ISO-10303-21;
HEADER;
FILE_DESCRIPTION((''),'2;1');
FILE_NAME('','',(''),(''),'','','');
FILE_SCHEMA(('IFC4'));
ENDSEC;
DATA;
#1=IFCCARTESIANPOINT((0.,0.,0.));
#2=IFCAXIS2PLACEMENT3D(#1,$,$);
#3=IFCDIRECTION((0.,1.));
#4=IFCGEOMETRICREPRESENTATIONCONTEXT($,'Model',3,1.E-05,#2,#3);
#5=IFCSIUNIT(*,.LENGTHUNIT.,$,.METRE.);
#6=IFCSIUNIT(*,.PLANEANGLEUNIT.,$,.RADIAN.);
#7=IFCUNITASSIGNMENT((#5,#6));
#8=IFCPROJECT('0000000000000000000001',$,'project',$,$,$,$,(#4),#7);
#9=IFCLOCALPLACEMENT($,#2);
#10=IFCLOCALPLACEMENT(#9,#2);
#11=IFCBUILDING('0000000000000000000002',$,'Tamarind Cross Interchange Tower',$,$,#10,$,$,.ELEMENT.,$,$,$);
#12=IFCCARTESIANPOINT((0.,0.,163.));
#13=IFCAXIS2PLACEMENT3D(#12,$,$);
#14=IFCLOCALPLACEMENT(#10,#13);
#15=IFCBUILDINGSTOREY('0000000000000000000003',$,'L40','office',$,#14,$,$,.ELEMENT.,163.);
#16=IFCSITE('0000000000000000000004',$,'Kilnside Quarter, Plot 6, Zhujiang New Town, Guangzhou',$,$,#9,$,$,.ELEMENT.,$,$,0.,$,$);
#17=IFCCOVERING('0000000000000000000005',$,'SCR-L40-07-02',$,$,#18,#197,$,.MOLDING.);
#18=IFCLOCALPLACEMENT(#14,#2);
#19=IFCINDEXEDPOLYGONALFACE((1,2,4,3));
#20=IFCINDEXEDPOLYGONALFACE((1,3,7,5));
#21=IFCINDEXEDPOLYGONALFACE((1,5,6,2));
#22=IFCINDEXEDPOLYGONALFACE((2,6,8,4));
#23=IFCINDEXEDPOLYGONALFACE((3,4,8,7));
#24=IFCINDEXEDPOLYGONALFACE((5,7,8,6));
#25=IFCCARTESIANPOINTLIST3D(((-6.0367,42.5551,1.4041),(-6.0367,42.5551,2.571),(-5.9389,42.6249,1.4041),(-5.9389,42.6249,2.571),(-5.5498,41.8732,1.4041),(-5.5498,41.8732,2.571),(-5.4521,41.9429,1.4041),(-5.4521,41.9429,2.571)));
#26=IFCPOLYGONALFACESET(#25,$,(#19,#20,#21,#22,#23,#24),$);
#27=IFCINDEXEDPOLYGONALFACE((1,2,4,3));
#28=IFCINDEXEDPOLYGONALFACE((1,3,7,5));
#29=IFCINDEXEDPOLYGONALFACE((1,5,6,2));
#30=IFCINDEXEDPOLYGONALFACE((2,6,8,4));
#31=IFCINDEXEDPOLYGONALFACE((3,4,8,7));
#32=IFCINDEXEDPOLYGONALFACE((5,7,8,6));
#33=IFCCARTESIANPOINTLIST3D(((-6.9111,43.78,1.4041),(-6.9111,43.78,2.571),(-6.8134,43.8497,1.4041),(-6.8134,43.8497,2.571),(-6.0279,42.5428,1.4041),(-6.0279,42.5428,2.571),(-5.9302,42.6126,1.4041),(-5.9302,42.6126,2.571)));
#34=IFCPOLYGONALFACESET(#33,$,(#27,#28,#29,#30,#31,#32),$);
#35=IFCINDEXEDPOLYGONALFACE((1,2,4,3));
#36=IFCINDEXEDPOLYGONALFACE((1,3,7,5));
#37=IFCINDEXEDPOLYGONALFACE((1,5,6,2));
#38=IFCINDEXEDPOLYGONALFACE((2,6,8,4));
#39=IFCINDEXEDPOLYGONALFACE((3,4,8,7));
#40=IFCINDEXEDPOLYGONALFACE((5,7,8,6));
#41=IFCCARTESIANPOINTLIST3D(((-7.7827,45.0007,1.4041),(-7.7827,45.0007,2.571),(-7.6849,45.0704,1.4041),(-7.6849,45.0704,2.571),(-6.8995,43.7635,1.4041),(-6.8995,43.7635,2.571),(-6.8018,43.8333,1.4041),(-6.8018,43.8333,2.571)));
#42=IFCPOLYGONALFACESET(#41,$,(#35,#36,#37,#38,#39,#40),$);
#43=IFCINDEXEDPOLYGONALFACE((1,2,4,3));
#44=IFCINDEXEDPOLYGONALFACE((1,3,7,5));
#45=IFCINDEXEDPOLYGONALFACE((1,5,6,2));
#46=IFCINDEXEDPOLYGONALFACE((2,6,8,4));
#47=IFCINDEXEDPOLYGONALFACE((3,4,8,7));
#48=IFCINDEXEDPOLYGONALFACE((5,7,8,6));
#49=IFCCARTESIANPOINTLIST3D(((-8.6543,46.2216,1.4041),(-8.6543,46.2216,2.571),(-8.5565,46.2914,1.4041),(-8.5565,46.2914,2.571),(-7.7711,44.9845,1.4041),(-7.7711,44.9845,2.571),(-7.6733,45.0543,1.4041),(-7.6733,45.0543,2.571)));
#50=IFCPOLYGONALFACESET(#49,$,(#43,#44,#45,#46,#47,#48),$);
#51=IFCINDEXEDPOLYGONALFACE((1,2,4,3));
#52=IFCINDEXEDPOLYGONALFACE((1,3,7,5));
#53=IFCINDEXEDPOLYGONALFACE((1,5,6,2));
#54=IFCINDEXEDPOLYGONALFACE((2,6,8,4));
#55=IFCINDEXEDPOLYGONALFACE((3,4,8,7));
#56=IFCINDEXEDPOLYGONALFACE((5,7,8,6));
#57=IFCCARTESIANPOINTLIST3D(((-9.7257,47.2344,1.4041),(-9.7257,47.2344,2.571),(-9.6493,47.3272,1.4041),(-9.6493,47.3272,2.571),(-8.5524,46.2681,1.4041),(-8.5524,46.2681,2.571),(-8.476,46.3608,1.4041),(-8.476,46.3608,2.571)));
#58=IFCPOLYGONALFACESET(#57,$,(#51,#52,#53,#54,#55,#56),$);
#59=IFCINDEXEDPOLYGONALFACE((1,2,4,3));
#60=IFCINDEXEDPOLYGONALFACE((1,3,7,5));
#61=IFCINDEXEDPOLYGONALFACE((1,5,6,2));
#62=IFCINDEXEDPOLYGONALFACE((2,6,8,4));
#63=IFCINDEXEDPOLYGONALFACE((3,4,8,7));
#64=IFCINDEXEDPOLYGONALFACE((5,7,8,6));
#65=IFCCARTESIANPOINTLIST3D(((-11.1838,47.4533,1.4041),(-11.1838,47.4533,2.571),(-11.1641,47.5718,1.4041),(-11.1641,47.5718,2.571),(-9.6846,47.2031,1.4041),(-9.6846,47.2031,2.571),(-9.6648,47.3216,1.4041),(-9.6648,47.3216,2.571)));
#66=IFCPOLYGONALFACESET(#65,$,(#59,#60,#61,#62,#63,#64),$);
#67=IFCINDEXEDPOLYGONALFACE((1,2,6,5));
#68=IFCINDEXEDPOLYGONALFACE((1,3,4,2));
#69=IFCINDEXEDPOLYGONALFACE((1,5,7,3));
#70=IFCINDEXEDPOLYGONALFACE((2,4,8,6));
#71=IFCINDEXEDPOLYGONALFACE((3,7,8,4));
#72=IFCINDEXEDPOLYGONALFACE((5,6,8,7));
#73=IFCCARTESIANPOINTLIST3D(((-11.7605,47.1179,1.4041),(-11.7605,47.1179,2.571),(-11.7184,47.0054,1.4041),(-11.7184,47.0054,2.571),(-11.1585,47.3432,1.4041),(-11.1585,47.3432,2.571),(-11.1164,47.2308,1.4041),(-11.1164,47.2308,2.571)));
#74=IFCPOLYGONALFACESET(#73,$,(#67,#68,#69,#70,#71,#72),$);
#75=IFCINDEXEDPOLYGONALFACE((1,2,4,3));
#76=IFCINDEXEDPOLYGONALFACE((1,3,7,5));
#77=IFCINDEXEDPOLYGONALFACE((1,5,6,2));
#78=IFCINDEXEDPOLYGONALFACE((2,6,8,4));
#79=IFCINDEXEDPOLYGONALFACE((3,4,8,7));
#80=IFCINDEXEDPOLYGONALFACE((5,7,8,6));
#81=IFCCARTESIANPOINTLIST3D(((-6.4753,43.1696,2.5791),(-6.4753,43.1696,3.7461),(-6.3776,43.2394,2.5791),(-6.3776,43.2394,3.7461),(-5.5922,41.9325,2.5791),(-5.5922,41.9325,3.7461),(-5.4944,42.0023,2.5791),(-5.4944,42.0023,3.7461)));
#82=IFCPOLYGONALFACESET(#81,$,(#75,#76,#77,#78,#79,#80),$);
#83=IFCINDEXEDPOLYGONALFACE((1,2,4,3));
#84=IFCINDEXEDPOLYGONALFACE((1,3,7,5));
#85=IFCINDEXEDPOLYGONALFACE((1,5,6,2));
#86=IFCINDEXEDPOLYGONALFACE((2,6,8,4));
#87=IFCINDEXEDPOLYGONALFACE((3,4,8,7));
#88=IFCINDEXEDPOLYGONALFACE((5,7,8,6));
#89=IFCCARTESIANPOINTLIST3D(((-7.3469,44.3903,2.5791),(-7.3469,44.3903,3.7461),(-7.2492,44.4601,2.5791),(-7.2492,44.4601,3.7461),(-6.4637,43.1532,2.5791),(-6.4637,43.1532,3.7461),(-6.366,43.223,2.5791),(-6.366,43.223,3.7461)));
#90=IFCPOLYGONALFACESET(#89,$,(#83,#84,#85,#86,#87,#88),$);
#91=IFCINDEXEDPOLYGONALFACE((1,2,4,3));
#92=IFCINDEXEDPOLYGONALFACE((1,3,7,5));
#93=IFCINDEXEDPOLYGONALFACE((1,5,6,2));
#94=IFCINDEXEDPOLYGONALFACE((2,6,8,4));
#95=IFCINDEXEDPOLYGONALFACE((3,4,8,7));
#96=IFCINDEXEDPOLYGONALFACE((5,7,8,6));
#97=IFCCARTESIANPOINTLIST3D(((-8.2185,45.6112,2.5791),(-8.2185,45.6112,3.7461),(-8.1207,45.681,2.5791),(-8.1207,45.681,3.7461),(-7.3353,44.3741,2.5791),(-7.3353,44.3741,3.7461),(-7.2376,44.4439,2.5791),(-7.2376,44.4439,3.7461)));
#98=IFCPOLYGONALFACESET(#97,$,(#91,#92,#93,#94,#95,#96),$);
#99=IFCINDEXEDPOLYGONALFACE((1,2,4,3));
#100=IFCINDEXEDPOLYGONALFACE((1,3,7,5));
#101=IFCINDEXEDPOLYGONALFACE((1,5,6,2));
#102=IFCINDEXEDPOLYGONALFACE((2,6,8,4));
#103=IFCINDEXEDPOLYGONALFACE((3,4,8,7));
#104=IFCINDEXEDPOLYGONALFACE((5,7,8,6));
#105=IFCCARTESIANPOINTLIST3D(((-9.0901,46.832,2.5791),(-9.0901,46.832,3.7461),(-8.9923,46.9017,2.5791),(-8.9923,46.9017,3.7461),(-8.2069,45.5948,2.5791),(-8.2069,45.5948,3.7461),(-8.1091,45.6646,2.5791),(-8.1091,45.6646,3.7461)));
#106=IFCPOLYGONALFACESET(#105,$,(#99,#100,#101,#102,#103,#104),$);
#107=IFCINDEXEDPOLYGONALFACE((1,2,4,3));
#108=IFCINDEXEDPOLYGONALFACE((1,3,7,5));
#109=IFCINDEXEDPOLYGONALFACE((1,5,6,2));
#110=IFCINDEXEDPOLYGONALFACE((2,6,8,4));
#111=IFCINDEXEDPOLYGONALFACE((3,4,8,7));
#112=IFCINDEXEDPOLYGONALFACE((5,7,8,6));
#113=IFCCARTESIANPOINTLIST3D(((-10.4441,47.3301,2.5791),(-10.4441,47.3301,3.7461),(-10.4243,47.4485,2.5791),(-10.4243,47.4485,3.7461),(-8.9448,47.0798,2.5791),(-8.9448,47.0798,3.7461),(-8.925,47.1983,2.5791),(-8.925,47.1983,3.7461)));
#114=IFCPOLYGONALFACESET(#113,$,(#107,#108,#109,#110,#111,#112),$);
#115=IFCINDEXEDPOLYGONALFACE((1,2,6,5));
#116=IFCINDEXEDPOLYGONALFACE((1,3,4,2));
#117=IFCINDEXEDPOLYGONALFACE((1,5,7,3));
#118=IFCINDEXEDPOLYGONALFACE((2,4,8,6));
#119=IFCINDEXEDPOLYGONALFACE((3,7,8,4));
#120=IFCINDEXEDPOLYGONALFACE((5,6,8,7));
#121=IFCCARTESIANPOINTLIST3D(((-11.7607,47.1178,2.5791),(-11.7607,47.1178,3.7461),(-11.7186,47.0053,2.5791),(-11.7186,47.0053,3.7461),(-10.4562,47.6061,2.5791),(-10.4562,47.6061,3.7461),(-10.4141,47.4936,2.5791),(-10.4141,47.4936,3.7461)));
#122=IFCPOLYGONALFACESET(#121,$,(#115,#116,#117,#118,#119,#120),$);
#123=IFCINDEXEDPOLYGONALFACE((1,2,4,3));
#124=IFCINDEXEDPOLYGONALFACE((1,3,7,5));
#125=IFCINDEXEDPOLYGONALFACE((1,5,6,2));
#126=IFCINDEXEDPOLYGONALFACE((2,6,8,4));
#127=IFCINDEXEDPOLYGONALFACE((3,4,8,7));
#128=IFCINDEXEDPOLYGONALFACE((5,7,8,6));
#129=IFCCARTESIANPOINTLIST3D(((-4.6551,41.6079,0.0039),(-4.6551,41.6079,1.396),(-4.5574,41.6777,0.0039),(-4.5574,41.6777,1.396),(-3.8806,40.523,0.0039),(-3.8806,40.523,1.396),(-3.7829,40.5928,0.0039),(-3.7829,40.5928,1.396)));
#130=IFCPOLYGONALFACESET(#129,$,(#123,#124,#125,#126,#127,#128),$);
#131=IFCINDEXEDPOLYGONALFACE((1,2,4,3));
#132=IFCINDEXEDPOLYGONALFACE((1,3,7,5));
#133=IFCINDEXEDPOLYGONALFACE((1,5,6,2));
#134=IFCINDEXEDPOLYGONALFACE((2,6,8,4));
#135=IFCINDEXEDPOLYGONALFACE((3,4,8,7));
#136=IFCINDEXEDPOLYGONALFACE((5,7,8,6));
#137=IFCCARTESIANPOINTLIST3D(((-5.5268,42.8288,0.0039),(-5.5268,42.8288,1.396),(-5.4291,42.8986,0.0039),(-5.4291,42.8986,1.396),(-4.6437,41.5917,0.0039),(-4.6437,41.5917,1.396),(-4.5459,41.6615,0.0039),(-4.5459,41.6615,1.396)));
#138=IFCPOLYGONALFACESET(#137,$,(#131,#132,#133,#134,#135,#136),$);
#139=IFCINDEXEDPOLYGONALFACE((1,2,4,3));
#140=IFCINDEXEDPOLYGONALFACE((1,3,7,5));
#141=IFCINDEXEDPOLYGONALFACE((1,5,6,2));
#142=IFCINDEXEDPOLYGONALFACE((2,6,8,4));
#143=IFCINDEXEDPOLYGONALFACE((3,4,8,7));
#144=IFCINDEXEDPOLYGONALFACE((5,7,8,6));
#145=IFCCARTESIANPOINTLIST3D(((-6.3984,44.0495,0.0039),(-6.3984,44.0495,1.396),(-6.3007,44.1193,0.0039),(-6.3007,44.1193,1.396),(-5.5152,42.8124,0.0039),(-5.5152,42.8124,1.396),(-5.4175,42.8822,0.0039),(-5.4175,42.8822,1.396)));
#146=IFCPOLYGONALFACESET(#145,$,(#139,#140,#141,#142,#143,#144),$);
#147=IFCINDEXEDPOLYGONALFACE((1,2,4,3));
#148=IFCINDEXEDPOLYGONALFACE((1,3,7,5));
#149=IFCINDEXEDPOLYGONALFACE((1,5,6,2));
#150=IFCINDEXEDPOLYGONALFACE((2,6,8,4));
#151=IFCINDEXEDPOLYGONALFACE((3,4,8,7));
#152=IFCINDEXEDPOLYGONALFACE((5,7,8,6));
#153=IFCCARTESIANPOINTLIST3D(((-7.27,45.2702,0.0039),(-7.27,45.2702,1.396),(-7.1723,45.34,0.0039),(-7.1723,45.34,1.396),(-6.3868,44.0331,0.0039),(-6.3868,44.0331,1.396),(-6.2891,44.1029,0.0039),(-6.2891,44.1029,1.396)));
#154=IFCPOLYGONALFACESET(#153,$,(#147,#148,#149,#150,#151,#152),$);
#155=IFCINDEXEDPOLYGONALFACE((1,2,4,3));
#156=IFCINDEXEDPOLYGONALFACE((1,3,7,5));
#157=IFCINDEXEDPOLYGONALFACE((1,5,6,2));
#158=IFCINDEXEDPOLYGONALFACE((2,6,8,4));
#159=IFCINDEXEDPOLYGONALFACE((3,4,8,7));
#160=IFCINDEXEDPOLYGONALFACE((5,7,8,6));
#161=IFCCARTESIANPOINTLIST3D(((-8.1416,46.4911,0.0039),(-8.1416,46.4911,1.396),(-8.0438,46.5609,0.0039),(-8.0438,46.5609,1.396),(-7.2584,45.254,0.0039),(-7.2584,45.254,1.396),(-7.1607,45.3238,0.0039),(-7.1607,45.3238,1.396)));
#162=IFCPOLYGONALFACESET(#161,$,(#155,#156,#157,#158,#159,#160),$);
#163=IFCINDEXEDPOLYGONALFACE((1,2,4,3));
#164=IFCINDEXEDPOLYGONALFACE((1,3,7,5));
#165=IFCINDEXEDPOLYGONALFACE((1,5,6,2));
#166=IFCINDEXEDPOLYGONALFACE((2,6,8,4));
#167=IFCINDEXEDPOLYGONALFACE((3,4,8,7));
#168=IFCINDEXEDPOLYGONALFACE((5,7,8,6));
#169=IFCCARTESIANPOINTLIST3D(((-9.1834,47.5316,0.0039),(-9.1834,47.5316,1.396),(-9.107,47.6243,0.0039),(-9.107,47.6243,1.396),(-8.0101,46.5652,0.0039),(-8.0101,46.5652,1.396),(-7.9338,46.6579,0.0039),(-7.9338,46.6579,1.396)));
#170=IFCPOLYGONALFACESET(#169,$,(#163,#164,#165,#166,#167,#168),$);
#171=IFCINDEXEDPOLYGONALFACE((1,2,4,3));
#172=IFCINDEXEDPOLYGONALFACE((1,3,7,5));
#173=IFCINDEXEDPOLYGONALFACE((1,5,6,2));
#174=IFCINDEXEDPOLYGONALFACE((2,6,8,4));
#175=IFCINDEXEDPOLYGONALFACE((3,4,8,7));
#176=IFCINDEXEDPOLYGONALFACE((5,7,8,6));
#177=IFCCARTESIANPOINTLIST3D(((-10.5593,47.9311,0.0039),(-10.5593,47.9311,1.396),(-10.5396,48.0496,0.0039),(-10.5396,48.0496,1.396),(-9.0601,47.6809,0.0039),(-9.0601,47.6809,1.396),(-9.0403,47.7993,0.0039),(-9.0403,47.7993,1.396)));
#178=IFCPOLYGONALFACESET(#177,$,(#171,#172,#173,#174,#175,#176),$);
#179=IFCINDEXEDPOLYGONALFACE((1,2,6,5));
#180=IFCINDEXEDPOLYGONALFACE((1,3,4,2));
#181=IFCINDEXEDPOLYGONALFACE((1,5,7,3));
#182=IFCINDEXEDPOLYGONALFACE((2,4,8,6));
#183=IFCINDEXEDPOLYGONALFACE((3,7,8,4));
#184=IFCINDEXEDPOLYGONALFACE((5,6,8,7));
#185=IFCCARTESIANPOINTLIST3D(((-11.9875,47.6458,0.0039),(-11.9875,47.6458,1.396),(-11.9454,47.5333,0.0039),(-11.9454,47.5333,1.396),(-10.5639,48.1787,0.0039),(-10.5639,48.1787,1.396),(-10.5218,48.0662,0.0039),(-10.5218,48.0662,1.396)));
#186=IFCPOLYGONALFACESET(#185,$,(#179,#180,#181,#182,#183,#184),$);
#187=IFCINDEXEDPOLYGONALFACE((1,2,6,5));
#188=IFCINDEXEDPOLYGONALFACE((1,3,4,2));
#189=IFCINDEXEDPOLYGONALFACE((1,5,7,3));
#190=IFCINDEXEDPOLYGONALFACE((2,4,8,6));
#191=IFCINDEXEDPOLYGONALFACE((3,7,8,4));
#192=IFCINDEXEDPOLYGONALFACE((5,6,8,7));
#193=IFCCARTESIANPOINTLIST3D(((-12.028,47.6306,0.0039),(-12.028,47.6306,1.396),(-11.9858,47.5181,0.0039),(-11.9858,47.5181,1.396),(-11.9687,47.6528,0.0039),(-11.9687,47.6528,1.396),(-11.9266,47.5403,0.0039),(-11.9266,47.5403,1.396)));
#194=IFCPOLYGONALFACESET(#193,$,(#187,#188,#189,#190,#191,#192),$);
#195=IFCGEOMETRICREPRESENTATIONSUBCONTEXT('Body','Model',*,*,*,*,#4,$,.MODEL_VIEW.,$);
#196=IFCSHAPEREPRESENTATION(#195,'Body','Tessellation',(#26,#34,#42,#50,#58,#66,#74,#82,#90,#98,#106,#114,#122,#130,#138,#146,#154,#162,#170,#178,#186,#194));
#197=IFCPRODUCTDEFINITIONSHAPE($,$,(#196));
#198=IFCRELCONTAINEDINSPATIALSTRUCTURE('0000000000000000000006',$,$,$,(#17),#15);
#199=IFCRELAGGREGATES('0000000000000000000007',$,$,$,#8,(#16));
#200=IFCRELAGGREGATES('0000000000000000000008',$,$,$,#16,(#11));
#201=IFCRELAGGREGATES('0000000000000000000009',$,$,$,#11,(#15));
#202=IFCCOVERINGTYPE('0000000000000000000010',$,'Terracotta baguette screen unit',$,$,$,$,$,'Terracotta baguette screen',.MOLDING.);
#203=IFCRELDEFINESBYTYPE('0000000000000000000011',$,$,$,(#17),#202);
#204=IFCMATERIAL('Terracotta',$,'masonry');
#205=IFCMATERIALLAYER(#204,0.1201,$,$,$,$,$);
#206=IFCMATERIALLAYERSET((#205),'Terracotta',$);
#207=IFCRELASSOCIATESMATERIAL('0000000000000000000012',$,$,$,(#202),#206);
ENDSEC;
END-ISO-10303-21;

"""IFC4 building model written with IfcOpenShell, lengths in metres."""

from ifc_helpers import new_model, si_unit, direction, frame, origin, origin_2d, place, context, subcontext, project, spatial, rectangle, extrude, material, layer, layer_set, type_object, element, save


model = new_model("IFC4")

# Units and contexts
model_context = context("Model", 3, precision=1e-05, world=origin(), true_north=direction((0.0, 1.0)))
body_context = subcontext(model_context, "Body", "Model", "MODEL_VIEW")
ifc_project = project(units=[si_unit("LENGTHUNIT", "METRE"), si_unit("PLANEANGLEUNIT", "RADIAN")], contexts=[model_context])

# Site, building, storey
site_placement = place(None, origin())
site = spatial("IfcSite", under=ifc_project, at=site_placement, Name="Kilnside Quarter, Plot 6, Zhujiang New Town, Guangzhou", CompositionType="ELEMENT", RefElevation=0.0)
building_placement = place(site_placement, origin())
building = spatial("IfcBuilding", under=site, at=building_placement, Name="Tamarind Cross Interchange Tower", CompositionType="ELEMENT")
storey_placement = place(building_placement, frame((0.0, 0.0, 163.0)))
storey = spatial("IfcBuildingStorey", under=building, at=storey_placement, Name="L40", Description="office", CompositionType="ELEMENT", Elevation=163.0)

# Covering
ifc_material_1 = material(Name="Terracotta", Category="masonry")
ifc_layer_1 = layer(ifc_material_1, 0.1201)
ifc_layer_set_1 = layer_set([ifc_layer_1], Name="Terracotta")
covering_type = type_object("IfcCoveringType", Name="Terracotta baguette screen unit", ElementType="Terracotta baguette screen", PredefinedType="MOLDING", material=ifc_layer_set_1)
covering_1_placement = place(storey_placement, origin())
element("IfcCovering", 1, at=covering_1_placement, inside=storey, type_object=covering_type, Name="SCR-L40-07-02", PredefinedType="MOLDING", context=body_context, shape_type="SweptSolid", body=[
    extrude(rectangle(XDim=0.8379, YDim=0.1201, at=origin_2d()), frame((-5.7444, 42.249, 1.4041), z_axis=(0.0, 0.0, 1.0), x_axis=(-0.581033, 0.81388, 0.0)), (0.0, 0.0, 1.0), 1.167),
    extrude(rectangle(XDim=1.52, YDim=0.1201, at=origin_2d()), frame((-6.4207, 43.1963, 1.4041), z_axis=(0.0, 0.0, 1.0), x_axis=(-0.581033, 0.81388, 0.0)), (0.0, 0.0, 1.0), 1.167),
    extrude(rectangle(XDim=1.52, YDim=0.1201, at=origin_2d()), frame((-7.2922, 44.417, 1.4041), z_axis=(0.0, 0.0, 1.0), x_axis=(-0.581033, 0.81388, 0.0)), (0.0, 0.0, 1.0), 1.167),
    extrude(rectangle(XDim=1.52, YDim=0.1201, at=origin_2d()), frame((-8.1638, 45.6379, 1.4041), z_axis=(0.0, 0.0, 1.0), x_axis=(-0.581033, 0.81388, 0.0)), (0.0, 0.0, 1.0), 1.167),
    extrude(rectangle(XDim=1.52, YDim=0.1201, at=origin_2d()), frame((-9.1008, 46.7976, 1.4041), z_axis=(0.0, 0.0, 1.0), x_axis=(-0.771882, 0.635766, 0.0)), (0.0, 0.0, 1.0), 1.167),
    extrude(rectangle(XDim=1.52, YDim=0.1201, at=origin_2d()), frame((-10.4243, 47.3875, 1.4041), z_axis=(0.0, 0.0, 1.0), x_axis=(-0.986352, 0.164648, 0.0)), (0.0, 0.0, 1.0), 1.167),
    extrude(rectangle(XDim=0.6428, YDim=0.1201, at=origin_2d()), frame((-11.4385, 47.1743, 1.4041), z_axis=(0.0, 0.0, 1.0), x_axis=(-0.93653, -0.350587, 0.0)), (0.0, 0.0, 1.0), 1.167),
    extrude(rectangle(XDim=1.52, YDim=0.1201, at=origin_2d()), frame((-5.9849, 42.5859, 2.5791), z_axis=(0.0, 0.0, 1.0), x_axis=(-0.581033, 0.81388, 0.0)), (0.0, 0.0, 1.0), 1.167),
    extrude(rectangle(XDim=1.52, YDim=0.1201, at=origin_2d()), frame((-6.8564, 43.8066, 2.5791), z_axis=(0.0, 0.0, 1.0), x_axis=(-0.581033, 0.81388, 0.0)), (0.0, 0.0, 1.0), 1.167),
    extrude(rectangle(XDim=1.52, YDim=0.1201, at=origin_2d()), frame((-7.728, 45.0276, 2.5791), z_axis=(0.0, 0.0, 1.0), x_axis=(-0.581033, 0.81388, 0.0)), (0.0, 0.0, 1.0), 1.167),
    extrude(rectangle(XDim=1.52, YDim=0.1201, at=origin_2d()), frame((-8.5996, 46.2483, 2.5791), z_axis=(0.0, 0.0, 1.0), x_axis=(-0.581033, 0.81388, 0.0)), (0.0, 0.0, 1.0), 1.167),
    extrude(rectangle(XDim=1.52, YDim=0.1201, at=origin_2d()), frame((-9.6846, 47.2642, 2.5791), z_axis=(0.0, 0.0, 1.0), x_axis=(-0.986352, 0.164648, 0.0)), (0.0, 0.0, 1.0), 1.167),
    extrude(rectangle(XDim=1.3928, YDim=0.1201, at=origin_2d()), frame((-11.0874, 47.3057, 2.5791), z_axis=(0.0, 0.0, 1.0), x_axis=(-0.93653, -0.350587, 0.0)), (0.0, 0.0, 1.0), 1.167),
    extrude(rectangle(XDim=1.333, YDim=0.1201, at=origin_2d()), frame((-4.219, 41.1003, 0.0039), z_axis=(0.0, 0.0, 1.0), x_axis=(-0.581033, 0.81388, 0.0)), (0.0, 0.0, 1.0), 1.3921),
    extrude(rectangle(XDim=1.52, YDim=0.1201, at=origin_2d()), frame((-5.0364, 42.2451, 0.0039), z_axis=(0.0, 0.0, 1.0), x_axis=(-0.581033, 0.81388, 0.0)), (0.0, 0.0, 1.0), 1.3921),
    extrude(rectangle(XDim=1.52, YDim=0.1201, at=origin_2d()), frame((-5.908, 43.4658, 0.0039), z_axis=(0.0, 0.0, 1.0), x_axis=(-0.581033, 0.81388, 0.0)), (0.0, 0.0, 1.0), 1.3921),
    extrude(rectangle(XDim=1.52, YDim=0.1201, at=origin_2d()), frame((-6.7795, 44.6865, 0.0039), z_axis=(0.0, 0.0, 1.0), x_axis=(-0.581033, 0.81388, 0.0)), (0.0, 0.0, 1.0), 1.3921),
    extrude(rectangle(XDim=1.52, YDim=0.1201, at=origin_2d()), frame((-7.6511, 45.9075, 0.0039), z_axis=(0.0, 0.0, 1.0), x_axis=(-0.581033, 0.81388, 0.0)), (0.0, 0.0, 1.0), 1.3921),
    extrude(rectangle(XDim=1.52, YDim=0.1201, at=origin_2d()), frame((-8.5586, 47.0947, 0.0039), z_axis=(0.0, 0.0, 1.0), x_axis=(-0.771882, 0.635766, 0.0)), (0.0, 0.0, 1.0), 1.3921),
    extrude(rectangle(XDim=1.52, YDim=0.1201, at=origin_2d()), frame((-9.7998, 47.8652, 0.0039), z_axis=(0.0, 0.0, 1.0), x_axis=(-0.986352, 0.164648, 0.0)), (0.0, 0.0, 1.0), 1.3921),
    extrude(rectangle(XDim=1.52, YDim=0.1201, at=origin_2d()), frame((-11.2546, 47.856, 0.0039), z_axis=(0.0, 0.0, 1.0), x_axis=(-0.93653, -0.350587, 0.0)), (0.0, 0.0, 1.0), 1.3921),
    extrude(rectangle(XDim=0.0632, YDim=0.1201, at=origin_2d()), frame((-11.9773, 47.5854, 0.0039), z_axis=(0.0, 0.0, 1.0), x_axis=(-0.93653, -0.350587, 0.0)), (0.0, 0.0, 1.0), 1.3921),
])

save(model, "model.ifc")
